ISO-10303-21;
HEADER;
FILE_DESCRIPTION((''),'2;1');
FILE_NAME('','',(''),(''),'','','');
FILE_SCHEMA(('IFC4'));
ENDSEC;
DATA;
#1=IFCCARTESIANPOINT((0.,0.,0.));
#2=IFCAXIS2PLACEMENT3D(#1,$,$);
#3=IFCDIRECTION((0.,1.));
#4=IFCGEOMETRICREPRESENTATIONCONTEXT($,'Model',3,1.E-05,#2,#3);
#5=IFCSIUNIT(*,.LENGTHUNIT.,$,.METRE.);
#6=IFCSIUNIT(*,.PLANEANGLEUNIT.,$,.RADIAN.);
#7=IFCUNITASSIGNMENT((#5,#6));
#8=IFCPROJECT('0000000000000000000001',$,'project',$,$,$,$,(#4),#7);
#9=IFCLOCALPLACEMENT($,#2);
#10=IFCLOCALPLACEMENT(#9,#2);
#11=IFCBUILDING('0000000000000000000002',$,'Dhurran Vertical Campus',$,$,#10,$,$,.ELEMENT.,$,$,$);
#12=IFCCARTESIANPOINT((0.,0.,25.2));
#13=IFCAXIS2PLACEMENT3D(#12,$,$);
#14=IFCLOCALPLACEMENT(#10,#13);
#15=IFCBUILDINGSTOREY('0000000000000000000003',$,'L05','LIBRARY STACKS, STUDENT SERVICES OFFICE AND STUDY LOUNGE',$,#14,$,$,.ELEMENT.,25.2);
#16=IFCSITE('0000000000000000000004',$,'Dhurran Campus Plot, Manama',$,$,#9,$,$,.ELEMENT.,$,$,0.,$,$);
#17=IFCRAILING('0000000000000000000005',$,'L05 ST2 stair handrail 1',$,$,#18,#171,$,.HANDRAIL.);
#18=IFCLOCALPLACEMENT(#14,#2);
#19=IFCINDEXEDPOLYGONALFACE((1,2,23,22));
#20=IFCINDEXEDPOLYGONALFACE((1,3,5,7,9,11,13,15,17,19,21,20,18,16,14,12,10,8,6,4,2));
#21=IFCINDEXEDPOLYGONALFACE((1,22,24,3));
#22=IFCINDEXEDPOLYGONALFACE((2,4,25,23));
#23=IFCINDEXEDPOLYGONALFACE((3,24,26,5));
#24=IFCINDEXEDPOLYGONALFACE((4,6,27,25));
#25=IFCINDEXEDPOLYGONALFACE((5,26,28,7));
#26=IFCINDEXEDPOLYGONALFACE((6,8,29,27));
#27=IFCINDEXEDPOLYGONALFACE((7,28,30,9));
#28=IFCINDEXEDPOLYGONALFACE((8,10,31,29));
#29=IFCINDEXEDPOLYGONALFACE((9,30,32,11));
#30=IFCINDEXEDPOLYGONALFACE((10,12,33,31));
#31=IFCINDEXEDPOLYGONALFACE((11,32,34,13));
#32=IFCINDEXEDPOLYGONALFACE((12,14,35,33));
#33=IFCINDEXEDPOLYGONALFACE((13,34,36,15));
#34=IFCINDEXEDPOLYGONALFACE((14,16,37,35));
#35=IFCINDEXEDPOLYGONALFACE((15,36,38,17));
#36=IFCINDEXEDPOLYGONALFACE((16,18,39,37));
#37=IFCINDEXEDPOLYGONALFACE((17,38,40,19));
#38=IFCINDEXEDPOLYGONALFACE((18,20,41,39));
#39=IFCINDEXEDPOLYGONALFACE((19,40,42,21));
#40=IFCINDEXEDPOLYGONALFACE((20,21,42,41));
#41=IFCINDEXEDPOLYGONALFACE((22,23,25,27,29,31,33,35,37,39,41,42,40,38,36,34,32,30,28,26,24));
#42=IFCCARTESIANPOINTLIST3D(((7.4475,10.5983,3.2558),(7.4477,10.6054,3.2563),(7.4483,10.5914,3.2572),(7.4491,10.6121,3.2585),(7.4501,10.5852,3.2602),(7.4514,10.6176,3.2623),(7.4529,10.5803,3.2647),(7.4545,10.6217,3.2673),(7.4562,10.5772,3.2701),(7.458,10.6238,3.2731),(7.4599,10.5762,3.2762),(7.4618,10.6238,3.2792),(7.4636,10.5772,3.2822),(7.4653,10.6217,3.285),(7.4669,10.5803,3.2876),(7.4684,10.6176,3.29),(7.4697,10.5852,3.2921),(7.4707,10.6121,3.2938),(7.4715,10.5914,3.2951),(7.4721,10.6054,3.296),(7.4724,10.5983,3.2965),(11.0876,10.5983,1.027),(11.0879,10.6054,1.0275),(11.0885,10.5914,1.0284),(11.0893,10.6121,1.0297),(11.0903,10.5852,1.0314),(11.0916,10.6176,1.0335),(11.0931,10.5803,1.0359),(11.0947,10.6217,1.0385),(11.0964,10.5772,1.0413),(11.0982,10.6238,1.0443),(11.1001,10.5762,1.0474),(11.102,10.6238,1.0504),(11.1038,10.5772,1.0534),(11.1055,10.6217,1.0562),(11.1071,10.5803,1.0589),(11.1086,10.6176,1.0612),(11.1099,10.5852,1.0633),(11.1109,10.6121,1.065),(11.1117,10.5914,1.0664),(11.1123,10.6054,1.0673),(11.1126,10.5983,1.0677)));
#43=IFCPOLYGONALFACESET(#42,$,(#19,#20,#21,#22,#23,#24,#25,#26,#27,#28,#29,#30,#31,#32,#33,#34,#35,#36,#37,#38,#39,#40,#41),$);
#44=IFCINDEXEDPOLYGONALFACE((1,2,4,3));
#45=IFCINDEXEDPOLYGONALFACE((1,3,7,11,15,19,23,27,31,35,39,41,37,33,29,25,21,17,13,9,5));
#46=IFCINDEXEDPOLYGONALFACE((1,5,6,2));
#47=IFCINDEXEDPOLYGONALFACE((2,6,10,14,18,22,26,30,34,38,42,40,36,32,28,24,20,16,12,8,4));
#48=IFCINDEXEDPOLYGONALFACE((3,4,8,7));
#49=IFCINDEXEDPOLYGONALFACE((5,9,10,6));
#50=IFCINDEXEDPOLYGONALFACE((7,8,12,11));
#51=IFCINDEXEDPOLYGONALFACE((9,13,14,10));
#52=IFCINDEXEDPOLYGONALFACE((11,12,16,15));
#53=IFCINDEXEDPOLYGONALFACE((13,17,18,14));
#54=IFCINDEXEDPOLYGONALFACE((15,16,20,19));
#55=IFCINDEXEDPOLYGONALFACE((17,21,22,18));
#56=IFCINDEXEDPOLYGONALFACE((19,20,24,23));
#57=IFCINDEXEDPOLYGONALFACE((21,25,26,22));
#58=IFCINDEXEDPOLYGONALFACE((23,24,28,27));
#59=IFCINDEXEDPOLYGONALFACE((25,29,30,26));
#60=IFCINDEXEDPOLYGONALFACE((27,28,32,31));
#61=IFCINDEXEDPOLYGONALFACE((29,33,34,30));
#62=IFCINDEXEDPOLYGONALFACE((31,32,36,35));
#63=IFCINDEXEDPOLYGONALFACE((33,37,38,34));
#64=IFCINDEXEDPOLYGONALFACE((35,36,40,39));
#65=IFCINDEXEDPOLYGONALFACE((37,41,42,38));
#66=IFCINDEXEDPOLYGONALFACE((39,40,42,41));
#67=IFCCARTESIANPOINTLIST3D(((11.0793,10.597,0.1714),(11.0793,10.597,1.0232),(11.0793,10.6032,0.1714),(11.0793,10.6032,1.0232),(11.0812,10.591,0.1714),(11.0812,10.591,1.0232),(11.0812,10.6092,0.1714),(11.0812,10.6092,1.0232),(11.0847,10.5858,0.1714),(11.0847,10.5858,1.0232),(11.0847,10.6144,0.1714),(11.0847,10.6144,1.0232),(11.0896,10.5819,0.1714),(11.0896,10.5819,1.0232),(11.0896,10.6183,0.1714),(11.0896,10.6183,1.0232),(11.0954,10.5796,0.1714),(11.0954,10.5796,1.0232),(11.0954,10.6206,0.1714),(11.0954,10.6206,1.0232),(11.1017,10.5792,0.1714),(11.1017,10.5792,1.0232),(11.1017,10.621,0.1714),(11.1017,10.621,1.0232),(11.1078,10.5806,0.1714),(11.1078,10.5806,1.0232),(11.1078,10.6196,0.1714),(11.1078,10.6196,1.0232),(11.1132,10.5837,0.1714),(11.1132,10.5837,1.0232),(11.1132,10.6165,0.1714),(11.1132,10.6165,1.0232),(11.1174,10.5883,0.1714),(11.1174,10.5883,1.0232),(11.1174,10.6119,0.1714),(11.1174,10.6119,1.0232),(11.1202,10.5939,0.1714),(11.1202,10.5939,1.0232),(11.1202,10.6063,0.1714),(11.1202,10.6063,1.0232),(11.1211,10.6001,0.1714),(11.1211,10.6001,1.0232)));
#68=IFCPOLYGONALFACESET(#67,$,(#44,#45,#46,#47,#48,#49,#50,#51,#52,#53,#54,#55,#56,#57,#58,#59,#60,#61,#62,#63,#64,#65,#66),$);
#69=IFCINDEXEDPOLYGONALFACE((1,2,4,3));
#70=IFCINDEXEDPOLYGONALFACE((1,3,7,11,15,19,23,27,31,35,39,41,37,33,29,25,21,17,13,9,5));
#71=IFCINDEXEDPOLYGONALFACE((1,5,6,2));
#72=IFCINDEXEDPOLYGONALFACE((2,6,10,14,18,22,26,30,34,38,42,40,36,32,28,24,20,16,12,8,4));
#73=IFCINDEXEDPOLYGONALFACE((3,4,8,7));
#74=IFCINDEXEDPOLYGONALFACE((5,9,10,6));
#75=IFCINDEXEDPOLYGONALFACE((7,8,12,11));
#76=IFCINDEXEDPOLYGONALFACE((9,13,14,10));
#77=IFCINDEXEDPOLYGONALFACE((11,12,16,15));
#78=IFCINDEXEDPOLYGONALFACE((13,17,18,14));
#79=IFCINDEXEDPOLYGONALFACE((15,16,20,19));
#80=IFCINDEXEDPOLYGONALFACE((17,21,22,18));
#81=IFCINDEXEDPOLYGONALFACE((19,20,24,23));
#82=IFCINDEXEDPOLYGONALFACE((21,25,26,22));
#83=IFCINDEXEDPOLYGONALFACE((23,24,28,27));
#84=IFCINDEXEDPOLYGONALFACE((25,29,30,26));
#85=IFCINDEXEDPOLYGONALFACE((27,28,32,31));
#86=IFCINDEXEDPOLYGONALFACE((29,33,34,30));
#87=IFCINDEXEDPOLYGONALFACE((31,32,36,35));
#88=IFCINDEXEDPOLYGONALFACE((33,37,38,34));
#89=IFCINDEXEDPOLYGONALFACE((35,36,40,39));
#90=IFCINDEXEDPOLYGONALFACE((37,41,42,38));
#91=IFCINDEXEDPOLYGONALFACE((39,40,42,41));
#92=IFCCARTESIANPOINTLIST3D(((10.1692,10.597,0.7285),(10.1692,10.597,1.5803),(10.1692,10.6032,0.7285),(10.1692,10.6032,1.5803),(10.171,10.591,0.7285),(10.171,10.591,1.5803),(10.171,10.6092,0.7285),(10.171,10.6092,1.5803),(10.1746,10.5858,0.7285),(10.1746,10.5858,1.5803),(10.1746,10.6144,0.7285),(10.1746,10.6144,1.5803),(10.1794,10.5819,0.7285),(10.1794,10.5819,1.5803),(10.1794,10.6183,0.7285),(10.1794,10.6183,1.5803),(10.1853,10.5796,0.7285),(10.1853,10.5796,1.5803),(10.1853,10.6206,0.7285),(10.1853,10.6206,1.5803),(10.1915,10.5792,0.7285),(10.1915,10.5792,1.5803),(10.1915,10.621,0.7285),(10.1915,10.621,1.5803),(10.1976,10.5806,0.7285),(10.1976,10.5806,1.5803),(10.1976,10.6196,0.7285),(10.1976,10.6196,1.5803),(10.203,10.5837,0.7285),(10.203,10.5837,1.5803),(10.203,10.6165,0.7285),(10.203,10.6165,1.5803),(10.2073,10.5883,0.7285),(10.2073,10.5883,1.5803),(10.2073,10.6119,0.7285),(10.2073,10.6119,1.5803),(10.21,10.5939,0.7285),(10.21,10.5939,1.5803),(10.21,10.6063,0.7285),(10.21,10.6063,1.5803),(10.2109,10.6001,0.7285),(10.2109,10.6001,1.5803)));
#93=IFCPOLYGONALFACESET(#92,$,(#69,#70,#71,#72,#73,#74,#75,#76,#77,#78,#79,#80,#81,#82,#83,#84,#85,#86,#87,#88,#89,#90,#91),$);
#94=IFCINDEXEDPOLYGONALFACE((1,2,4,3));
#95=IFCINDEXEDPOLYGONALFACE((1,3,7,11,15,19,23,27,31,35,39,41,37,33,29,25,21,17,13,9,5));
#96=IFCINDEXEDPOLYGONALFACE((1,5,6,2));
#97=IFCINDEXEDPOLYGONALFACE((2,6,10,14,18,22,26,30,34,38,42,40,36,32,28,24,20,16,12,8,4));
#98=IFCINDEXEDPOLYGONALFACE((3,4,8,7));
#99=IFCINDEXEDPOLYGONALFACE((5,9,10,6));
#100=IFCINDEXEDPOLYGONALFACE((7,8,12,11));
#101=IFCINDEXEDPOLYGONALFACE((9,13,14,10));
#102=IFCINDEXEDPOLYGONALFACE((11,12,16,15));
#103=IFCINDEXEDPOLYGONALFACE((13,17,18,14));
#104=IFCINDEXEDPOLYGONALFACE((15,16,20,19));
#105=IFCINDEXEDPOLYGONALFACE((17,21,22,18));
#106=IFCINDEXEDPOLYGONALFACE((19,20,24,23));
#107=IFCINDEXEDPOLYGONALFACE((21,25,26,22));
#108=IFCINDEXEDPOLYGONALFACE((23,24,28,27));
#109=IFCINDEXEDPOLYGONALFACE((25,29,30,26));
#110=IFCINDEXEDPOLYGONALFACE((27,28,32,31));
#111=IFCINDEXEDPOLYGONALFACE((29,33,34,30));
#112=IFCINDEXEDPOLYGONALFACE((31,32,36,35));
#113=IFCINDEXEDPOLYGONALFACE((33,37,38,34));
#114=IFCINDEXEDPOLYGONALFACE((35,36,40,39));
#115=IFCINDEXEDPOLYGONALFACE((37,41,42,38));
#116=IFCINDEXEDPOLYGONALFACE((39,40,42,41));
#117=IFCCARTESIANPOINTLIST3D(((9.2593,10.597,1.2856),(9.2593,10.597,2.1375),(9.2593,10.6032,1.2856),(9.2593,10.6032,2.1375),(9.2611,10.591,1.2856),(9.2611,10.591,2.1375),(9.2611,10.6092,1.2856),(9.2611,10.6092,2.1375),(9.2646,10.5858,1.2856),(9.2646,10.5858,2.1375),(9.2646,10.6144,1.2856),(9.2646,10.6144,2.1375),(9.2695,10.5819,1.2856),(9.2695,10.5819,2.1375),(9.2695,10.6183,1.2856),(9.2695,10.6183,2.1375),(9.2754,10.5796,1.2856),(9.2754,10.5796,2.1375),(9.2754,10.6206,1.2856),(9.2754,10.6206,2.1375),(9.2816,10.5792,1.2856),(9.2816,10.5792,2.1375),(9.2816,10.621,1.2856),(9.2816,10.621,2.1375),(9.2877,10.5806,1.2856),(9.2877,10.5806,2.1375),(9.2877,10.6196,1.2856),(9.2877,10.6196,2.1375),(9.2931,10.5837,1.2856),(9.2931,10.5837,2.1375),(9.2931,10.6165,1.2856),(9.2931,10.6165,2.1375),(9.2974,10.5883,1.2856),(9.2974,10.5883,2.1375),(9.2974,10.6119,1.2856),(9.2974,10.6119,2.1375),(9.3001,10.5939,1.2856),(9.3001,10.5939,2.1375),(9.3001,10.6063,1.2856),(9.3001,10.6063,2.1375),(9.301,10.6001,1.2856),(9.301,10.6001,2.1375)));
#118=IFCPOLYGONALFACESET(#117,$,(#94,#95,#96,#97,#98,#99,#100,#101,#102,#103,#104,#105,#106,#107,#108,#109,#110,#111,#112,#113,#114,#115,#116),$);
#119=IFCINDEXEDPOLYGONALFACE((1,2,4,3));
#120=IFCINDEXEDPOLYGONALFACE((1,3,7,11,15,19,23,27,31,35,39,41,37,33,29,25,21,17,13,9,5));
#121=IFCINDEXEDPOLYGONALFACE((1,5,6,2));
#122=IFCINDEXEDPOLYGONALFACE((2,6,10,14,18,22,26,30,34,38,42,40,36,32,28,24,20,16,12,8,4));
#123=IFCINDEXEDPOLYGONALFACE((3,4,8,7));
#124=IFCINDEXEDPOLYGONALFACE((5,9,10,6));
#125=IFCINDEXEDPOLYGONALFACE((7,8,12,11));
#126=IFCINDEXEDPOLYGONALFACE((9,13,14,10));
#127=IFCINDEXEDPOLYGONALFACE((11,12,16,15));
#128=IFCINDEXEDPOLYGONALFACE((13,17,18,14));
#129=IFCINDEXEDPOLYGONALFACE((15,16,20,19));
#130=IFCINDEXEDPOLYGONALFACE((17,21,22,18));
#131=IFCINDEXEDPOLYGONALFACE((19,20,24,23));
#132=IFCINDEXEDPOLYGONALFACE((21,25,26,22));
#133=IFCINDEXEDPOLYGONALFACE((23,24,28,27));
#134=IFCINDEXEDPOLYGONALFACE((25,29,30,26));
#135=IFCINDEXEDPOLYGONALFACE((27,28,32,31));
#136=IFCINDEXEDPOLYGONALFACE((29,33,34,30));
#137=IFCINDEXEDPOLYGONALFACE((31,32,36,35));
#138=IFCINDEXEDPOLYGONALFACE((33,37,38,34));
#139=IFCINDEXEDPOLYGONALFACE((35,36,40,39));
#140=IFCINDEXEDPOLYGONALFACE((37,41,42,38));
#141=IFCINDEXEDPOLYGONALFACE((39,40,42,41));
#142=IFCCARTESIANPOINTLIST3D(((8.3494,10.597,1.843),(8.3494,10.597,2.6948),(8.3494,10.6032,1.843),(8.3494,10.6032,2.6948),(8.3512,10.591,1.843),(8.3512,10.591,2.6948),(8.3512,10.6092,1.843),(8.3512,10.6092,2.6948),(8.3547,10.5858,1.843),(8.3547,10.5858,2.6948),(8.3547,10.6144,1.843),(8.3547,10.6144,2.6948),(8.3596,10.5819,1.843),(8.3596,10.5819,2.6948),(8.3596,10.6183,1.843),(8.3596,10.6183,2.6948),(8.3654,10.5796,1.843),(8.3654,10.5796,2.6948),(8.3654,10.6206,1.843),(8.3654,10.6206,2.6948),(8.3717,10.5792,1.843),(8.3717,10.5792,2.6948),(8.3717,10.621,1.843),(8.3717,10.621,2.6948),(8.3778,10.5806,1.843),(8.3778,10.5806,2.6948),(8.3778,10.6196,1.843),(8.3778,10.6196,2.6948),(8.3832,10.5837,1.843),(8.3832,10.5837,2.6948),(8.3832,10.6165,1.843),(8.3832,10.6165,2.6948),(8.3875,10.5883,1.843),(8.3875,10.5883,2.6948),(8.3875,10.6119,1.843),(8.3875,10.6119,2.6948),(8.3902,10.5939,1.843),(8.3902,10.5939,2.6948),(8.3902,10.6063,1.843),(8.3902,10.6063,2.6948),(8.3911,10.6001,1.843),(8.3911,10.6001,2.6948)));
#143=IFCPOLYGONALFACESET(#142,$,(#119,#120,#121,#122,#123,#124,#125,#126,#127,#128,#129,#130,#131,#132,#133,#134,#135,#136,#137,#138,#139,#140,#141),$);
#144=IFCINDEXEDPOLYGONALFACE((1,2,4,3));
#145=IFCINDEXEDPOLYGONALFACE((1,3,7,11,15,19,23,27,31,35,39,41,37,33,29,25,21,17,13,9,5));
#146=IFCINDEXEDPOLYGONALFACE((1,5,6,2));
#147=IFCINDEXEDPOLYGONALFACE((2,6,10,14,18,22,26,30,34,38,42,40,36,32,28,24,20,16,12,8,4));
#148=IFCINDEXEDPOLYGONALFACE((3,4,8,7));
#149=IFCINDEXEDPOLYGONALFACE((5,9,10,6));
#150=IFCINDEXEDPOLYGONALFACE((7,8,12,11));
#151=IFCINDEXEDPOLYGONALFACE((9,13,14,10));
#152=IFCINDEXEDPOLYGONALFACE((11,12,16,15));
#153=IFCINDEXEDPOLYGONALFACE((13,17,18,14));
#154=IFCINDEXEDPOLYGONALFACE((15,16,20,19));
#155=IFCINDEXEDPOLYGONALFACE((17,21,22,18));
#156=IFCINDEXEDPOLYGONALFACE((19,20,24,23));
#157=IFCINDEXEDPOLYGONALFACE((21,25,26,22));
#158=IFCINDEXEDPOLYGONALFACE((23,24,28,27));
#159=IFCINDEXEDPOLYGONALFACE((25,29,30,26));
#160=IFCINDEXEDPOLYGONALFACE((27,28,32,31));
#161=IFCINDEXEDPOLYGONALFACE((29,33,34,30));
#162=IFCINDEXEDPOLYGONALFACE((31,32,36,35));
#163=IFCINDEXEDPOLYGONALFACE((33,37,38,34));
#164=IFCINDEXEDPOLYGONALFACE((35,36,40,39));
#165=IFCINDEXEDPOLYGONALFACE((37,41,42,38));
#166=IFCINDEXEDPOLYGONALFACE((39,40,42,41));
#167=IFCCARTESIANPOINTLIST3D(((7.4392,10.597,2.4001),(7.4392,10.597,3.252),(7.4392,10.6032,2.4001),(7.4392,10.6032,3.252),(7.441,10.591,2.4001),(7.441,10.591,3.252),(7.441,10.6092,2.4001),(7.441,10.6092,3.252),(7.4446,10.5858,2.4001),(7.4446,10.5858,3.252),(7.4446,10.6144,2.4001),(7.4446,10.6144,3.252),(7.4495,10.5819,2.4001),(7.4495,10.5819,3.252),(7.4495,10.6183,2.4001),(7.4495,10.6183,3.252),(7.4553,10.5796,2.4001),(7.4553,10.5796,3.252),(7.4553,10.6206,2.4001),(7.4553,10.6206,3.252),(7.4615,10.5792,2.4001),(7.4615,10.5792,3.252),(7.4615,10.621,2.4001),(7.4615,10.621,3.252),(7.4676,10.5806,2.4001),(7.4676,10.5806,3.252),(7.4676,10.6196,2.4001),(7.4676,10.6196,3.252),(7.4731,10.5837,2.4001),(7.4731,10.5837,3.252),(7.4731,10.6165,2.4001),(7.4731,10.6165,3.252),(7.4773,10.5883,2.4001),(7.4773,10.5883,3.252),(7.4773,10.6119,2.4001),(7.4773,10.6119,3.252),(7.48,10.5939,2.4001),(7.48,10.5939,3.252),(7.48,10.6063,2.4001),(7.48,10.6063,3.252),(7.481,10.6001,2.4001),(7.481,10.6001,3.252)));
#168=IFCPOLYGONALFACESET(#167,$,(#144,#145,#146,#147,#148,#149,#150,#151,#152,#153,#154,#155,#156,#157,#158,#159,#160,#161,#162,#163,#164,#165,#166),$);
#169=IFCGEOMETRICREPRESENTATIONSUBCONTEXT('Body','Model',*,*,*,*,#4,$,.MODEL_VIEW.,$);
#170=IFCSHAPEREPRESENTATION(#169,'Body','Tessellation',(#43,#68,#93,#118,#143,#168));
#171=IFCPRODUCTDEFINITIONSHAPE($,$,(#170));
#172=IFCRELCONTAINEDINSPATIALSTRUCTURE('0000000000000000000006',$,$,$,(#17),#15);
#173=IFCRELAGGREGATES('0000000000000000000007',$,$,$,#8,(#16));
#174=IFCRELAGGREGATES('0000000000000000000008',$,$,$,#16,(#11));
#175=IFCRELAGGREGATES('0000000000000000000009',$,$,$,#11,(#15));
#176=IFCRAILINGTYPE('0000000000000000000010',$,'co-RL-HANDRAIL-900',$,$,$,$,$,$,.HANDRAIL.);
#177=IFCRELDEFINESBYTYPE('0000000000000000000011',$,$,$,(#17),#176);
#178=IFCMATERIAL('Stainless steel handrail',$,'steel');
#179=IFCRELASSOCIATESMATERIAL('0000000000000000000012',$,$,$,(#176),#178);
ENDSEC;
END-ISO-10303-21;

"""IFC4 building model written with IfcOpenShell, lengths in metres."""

from ifc_helpers import new_model, si_unit, direction, frame, origin, origin_2d, place, context, subcontext, project, spatial, circle, extrude, material, type_object, element, save


model = new_model("IFC4")

# Units and contexts
model_context = context("Model", 3, precision=1e-05, world=origin(), true_north=direction((0.0, 1.0)))
body_context = subcontext(model_context, "Body", "Model", "MODEL_VIEW")
ifc_project = project(units=[si_unit("LENGTHUNIT", "METRE"), si_unit("PLANEANGLEUNIT", "RADIAN")], contexts=[model_context])

# Site, building, storey
site_placement = place(None, origin())
site = spatial("IfcSite", under=ifc_project, at=site_placement, Name="Dhurran Campus Plot, Manama", CompositionType="ELEMENT", RefElevation=0.0)
building_placement = place(site_placement, origin())
building = spatial("IfcBuilding", under=site, at=building_placement, Name="Dhurran Vertical Campus", CompositionType="ELEMENT")
storey_placement = place(building_placement, frame((0.0, 0.0, 25.2)))
storey = spatial("IfcBuildingStorey", under=building, at=storey_placement, Name="L05", Description="LIBRARY STACKS, STUDENT SERVICES OFFICE AND STUDY LOUNGE", CompositionType="ELEMENT", Elevation=25.2)

# Railing
ifc_material_1 = material(Name="Stainless steel handrail", Category="steel")
railing_type = type_object("IfcRailingType", Name="co-RL-HANDRAIL-900", PredefinedType="HANDRAIL", material=ifc_material_1)
railing_placement = place(storey_placement, frame((11.1001, 10.6001, 0.1714)))
element("IfcRailing", 1, at=railing_placement, inside=storey, type_object=railing_type, Name="L05 ST2 stair handrail 1", PredefinedType="HANDRAIL", context=body_context, shape_type="SweptSolid", body=[
    extrude(circle(Radius=0.0239, at=origin_2d()), frame((0.0, 0.0, 0.876), z_axis=(-0.85284, 0.0, 0.522172), x_axis=(0.0, -1.0, 0.0)), (0.0, 0.0, 1.0), 4.2683),
    extrude(circle(Radius=0.021, at=origin_2d()), origin(), (0.0, 0.0, 1.0), 0.8518),
    extrude(circle(Radius=0.021, at=origin_2d()), frame((-0.9102, 0.0, 0.5571)), (0.0, 0.0, 1.0), 0.8518),
    extrude(circle(Radius=0.021, at=origin_2d()), frame((-1.8201, 0.0, 1.1143)), (0.0, 0.0, 1.0), 0.8518),
    extrude(circle(Radius=0.021, at=origin_2d()), frame((-2.73, 0.0, 1.6716)), (0.0, 0.0, 1.0), 0.8518),
    extrude(circle(Radius=0.021, at=origin_2d()), frame((-3.6401, 0.0, 2.2288)), (0.0, 0.0, 1.0), 0.8518),
])

save(model, "model.ifc")
